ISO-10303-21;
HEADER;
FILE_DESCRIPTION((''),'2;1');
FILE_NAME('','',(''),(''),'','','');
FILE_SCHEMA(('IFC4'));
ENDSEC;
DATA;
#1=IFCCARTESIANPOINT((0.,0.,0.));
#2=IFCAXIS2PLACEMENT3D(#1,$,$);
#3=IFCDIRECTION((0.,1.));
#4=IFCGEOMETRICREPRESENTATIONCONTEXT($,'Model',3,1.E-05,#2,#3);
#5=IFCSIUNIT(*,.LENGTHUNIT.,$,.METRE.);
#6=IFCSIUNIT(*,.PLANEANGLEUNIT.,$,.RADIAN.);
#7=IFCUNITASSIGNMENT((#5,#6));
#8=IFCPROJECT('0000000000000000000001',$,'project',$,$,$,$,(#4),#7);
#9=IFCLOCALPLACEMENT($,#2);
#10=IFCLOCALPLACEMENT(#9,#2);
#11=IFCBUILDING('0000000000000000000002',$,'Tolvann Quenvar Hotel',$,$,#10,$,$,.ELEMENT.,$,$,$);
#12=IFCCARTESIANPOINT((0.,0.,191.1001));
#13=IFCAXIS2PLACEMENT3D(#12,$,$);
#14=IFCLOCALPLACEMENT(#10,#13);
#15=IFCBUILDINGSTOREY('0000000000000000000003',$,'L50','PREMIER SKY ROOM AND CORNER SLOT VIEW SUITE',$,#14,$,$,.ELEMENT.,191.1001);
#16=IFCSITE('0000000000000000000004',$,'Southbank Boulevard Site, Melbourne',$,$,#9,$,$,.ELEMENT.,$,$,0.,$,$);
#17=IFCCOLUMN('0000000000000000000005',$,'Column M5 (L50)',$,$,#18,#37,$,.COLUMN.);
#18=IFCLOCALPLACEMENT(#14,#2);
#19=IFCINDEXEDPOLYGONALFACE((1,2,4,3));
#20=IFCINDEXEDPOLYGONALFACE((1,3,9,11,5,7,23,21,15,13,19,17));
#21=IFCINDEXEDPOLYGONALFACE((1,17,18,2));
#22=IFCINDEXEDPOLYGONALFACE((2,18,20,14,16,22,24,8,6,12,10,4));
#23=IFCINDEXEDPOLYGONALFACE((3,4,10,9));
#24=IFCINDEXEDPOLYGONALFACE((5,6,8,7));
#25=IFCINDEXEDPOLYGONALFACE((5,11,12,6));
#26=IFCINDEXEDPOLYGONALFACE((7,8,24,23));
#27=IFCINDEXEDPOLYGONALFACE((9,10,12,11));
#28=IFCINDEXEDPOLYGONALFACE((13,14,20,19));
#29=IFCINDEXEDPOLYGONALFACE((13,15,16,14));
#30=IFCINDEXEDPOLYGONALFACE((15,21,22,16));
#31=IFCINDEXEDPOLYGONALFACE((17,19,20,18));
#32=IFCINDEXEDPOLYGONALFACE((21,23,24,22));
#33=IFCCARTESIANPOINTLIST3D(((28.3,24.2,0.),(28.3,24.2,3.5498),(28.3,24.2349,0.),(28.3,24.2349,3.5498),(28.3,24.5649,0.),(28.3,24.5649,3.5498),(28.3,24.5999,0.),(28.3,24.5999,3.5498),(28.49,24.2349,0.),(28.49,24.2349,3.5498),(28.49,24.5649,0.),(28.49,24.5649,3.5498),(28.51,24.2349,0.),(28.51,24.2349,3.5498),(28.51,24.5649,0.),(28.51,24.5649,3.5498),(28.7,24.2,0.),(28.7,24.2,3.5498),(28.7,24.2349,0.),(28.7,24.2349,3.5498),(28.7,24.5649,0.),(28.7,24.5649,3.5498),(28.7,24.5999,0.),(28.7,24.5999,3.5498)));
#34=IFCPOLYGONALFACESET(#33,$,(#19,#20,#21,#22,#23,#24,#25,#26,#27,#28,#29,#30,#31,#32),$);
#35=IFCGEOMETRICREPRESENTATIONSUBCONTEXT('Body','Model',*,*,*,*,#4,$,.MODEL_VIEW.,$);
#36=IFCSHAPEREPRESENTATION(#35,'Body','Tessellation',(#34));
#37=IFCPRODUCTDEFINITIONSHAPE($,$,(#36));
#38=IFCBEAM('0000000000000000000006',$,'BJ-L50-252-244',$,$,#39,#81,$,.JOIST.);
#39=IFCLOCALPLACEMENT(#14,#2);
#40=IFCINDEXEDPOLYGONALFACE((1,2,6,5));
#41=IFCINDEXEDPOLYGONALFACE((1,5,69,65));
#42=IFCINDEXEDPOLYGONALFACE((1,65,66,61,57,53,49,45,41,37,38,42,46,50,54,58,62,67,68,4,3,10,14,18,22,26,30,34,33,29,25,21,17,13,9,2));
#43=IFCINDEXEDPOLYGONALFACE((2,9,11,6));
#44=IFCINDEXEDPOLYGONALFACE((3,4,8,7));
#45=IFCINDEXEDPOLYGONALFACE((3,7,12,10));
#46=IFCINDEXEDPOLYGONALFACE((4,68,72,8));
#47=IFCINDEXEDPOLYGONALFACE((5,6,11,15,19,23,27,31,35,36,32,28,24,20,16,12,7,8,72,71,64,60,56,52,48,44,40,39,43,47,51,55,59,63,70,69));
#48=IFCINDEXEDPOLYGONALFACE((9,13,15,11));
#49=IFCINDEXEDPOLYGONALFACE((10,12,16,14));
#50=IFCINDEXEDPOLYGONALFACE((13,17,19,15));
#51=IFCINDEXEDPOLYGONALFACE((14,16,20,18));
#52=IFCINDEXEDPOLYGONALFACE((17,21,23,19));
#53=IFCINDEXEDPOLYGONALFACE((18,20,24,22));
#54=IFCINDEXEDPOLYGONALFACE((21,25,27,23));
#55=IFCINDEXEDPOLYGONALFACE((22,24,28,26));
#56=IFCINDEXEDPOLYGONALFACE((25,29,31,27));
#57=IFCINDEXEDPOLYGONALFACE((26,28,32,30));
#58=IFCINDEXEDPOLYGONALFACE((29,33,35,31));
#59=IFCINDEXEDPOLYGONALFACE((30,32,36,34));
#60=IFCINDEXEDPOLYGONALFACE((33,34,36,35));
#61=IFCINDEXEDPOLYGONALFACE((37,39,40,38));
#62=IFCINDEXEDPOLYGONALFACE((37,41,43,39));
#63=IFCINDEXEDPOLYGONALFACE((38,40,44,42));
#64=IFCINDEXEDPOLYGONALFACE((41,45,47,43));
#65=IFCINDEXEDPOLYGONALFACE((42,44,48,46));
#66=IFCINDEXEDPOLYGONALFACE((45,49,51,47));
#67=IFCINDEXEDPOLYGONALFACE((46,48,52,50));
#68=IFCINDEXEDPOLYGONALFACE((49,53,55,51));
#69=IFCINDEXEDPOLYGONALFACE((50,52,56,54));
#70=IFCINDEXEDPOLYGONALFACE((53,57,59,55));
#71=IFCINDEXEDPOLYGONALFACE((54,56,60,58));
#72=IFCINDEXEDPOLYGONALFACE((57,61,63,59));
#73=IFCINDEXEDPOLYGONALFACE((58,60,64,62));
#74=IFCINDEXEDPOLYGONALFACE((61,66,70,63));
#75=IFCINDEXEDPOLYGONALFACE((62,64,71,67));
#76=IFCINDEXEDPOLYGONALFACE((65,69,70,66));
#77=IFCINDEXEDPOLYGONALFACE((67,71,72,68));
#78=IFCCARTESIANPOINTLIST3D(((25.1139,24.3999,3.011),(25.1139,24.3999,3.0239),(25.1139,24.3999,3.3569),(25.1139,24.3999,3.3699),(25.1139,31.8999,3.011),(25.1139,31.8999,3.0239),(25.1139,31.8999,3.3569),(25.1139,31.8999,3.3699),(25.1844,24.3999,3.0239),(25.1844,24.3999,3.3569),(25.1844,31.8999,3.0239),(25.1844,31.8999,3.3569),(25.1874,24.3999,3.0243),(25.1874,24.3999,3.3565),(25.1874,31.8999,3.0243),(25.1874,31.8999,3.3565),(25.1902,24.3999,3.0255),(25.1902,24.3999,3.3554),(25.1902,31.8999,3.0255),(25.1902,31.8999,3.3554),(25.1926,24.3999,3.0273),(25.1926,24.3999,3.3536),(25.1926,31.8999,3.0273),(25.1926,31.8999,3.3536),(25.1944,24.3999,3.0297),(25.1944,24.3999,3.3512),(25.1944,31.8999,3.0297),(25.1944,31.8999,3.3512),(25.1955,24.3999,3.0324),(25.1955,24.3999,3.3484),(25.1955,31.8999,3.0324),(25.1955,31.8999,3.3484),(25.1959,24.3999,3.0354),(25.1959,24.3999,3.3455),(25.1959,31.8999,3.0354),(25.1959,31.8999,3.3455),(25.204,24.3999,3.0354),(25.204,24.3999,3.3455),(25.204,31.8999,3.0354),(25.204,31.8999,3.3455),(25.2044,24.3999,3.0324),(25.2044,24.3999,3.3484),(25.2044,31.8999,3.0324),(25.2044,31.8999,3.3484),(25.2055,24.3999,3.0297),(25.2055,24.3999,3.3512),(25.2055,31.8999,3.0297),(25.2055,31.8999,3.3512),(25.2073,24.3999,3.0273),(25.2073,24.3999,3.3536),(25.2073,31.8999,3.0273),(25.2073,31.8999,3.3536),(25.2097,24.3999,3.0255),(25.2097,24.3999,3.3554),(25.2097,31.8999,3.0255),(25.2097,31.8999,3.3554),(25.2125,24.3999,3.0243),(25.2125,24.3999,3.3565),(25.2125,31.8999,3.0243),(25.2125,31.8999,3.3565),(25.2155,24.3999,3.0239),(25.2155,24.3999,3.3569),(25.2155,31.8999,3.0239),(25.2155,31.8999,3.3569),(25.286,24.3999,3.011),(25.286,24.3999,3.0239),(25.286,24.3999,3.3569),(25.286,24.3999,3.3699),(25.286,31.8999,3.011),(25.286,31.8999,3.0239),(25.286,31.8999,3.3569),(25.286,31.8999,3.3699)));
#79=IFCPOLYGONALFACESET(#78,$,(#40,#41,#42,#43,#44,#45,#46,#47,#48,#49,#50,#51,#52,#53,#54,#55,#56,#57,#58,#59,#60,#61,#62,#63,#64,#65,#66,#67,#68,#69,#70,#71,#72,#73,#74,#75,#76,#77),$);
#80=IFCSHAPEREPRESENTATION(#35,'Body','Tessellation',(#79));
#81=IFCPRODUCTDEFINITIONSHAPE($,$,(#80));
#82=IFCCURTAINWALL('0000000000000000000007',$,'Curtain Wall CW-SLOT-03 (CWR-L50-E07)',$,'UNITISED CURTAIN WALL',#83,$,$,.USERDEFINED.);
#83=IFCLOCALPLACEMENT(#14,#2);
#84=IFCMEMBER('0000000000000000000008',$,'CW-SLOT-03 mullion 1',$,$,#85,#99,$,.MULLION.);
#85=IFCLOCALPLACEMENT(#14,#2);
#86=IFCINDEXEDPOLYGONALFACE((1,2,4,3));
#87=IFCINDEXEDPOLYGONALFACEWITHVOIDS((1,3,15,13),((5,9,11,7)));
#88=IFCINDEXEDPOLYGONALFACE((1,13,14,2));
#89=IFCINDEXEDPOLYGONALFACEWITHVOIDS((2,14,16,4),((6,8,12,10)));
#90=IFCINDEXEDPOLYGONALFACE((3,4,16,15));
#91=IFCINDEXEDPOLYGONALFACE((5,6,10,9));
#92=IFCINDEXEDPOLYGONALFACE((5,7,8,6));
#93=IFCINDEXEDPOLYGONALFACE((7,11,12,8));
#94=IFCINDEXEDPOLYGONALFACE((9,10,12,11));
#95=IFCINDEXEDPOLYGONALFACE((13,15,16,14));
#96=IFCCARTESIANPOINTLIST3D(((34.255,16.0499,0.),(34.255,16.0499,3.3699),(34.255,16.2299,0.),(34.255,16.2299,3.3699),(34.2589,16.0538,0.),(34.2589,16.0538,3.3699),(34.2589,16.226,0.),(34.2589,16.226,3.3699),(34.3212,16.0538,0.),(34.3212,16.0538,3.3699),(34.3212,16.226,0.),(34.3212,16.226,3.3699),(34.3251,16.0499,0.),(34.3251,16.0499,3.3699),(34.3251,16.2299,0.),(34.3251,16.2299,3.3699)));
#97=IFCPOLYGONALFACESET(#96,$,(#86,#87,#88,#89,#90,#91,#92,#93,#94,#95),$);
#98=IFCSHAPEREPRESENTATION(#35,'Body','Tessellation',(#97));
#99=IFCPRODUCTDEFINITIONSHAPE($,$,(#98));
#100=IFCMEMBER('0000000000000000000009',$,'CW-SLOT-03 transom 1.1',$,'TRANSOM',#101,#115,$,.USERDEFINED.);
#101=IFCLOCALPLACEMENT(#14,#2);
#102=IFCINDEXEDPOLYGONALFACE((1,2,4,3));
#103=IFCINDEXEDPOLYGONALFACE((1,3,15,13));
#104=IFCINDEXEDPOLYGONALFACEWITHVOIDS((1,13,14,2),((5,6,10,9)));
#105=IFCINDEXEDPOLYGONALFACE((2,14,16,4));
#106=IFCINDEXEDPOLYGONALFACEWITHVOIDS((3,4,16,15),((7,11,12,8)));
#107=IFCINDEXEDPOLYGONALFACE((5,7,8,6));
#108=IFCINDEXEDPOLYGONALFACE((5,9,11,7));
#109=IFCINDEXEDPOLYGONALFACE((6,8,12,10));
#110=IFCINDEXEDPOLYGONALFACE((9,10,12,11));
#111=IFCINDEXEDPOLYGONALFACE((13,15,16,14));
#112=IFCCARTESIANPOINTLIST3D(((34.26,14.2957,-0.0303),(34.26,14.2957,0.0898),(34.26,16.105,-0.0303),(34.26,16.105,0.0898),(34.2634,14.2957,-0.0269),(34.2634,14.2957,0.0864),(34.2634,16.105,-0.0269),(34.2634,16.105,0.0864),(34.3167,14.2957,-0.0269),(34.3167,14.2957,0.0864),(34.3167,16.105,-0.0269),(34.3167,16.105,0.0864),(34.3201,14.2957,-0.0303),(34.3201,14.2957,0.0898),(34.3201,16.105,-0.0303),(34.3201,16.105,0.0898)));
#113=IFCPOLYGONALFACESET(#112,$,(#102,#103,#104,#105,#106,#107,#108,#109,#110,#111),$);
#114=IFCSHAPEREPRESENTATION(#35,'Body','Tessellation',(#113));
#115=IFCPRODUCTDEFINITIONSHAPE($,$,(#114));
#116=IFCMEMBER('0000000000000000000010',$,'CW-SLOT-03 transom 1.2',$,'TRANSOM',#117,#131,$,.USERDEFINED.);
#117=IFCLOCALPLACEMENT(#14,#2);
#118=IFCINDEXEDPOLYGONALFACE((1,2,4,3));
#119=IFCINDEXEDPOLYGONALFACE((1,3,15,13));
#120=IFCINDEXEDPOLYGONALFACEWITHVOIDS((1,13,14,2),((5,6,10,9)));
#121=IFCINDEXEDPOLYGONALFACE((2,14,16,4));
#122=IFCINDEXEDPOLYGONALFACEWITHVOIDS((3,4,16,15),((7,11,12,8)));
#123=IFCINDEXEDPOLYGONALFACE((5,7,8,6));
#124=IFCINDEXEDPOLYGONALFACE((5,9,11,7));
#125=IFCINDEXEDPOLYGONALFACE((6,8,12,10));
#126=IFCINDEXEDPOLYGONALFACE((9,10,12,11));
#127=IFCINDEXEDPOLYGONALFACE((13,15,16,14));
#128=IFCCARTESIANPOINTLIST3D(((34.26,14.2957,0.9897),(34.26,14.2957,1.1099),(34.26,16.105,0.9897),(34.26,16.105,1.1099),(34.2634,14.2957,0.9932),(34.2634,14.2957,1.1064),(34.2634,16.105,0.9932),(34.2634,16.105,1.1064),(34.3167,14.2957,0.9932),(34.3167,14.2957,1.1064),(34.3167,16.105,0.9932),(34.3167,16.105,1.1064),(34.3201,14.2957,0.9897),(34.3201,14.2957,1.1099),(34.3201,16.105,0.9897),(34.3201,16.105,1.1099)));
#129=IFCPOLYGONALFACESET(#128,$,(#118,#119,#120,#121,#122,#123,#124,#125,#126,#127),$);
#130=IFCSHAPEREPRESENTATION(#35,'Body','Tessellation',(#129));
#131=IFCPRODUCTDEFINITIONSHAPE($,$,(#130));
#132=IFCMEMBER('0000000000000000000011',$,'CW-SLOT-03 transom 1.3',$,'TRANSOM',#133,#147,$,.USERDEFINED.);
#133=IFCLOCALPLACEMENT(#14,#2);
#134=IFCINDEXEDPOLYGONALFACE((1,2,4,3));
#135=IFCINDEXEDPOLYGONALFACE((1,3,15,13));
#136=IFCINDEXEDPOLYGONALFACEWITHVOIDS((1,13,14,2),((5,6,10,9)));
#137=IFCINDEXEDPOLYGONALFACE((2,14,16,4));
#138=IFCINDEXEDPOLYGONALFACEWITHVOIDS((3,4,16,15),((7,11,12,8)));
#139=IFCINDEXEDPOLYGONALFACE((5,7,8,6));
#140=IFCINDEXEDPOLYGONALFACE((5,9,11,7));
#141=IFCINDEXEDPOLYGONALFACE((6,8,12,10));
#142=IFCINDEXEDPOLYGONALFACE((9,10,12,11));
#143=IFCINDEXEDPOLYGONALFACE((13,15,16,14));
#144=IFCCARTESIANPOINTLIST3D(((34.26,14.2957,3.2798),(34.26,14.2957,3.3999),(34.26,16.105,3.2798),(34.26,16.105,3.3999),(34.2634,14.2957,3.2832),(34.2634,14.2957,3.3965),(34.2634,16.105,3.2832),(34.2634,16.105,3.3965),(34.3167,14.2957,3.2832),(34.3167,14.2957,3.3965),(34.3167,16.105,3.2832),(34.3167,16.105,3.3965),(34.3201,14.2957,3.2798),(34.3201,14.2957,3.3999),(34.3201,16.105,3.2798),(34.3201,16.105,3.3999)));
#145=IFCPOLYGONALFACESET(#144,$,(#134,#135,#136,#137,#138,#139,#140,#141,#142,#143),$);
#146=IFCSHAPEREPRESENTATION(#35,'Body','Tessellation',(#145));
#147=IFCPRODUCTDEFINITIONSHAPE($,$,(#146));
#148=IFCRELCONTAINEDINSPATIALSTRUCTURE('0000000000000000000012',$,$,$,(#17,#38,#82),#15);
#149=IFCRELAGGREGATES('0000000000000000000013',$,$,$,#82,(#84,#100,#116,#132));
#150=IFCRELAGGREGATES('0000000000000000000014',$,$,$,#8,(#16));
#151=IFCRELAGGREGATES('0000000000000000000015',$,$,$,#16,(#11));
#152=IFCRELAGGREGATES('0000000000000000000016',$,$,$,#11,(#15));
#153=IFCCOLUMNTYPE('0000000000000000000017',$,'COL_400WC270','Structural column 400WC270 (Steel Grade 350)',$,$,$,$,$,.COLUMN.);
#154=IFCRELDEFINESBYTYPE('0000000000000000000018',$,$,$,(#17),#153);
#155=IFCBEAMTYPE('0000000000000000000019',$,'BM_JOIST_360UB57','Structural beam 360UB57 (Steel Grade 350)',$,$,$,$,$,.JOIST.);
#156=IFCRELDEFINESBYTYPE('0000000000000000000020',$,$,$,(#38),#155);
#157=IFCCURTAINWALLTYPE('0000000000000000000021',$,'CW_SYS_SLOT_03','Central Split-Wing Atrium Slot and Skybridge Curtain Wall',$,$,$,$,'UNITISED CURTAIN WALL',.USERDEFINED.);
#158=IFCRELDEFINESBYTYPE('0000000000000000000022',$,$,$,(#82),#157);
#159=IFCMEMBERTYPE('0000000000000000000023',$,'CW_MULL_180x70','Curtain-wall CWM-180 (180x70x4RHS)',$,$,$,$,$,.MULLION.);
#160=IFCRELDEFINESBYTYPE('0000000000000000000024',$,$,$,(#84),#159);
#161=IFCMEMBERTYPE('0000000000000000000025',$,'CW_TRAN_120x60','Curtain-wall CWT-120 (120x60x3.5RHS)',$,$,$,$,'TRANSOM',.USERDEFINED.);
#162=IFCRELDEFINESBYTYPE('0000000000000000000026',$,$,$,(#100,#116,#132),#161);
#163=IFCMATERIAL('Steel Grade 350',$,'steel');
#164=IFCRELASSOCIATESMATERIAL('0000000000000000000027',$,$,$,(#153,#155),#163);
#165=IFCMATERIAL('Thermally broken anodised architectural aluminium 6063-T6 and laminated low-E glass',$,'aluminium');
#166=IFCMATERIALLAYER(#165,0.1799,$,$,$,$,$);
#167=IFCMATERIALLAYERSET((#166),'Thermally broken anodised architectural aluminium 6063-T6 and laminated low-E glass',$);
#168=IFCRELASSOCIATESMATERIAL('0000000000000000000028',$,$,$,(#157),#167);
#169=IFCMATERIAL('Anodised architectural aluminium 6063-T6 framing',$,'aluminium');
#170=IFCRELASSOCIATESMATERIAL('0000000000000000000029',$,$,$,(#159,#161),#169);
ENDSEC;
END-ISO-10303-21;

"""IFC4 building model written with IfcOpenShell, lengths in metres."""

from ifc_helpers import new_model, si_unit, direction, frame, origin, origin_2d, place, context, subcontext, project, spatial, hollow_rectangle, i_section, extrude, source, transform, mapped, material, layer, layer_set, material_profile, profile_set, type_object, type_shapes, element, aggregate, save


model = new_model("IFC4")

# Units and contexts
model_context = context("Model", 3, precision=1e-05, world=origin(), true_north=direction((0.0, 1.0)))
body_context = subcontext(model_context, "Body", "Model", "MODEL_VIEW")
ifc_project = project(units=[si_unit("LENGTHUNIT", "METRE"), si_unit("PLANEANGLEUNIT", "RADIAN")], contexts=[model_context])

# Site, building, storey
site_placement = place(None, origin())
site = spatial("IfcSite", under=ifc_project, at=site_placement, Name="Southbank Boulevard Site, Melbourne", CompositionType="ELEMENT", RefElevation=0.0)
building_placement = place(site_placement, origin())
building = spatial("IfcBuilding", under=site, at=building_placement, Name="Tolvann Quenvar Hotel", CompositionType="ELEMENT")
storey_placement = place(building_placement, frame((0.0, 0.0, 191.1001)))
storey = spatial("IfcBuildingStorey", under=building, at=storey_placement, Name="L50", Description="PREMIER SKY ROOM AND CORNER SLOT VIEW SUITE", CompositionType="ELEMENT", Elevation=191.1001)

# Column
ifc_material_1 = material(Name="Steel Grade 350", Category="steel")
ifc_material_profile_1 = material_profile(ifc_material_1, i_section(OverallWidth=0.3999, OverallDepth=0.3999, WebThickness=0.02, FlangeThickness=0.0349, at=origin_2d()), Name="400WC270")
ifc_profile_set_1 = profile_set([ifc_material_profile_1], Name="Steel Grade 350")
column_type = type_object("IfcColumnType", Name="COL_400WC270", Description="Structural column 400WC270 (Steel Grade 350)", PredefinedType="COLUMN", material=ifc_profile_set_1)
shared_shape_1 = source(origin(), body_context, "Body", "SweptSolid", [
    extrude(i_section(OverallWidth=0.3999, OverallDepth=0.3999, WebThickness=0.02, FlangeThickness=0.0349, at=origin_2d()), origin(), (0.0, 0.0, 1.0), 3.5498),
])
type_shapes(column_type, [shared_shape_1])
column_placement = place(storey_placement, frame((28.5, 24.3999, 0.0), z_axis=(0.0, 0.0, 1.0), x_axis=(1.0, 0.0, 0.0)))
element("IfcColumn", 1, at=column_placement, inside=storey, type_object=column_type, Name="Column M5 (L50)", PredefinedType="COLUMN", context=body_context, shape_type="MappedRepresentation", body=[
    mapped(shared_shape_1, transform((0.0, 0.0, 0.0), x_axis=(1.0, 0.0, 0.0), y_axis=(0.0, 1.0, 0.0), z_axis=(0.0, 0.0, 1.0), scale=1.0)),
])

# Beam
ifc_material_profile_2 = material_profile(ifc_material_1, i_section(OverallWidth=0.1721, OverallDepth=0.3589, WebThickness=0.0081, FlangeThickness=0.0129, FilletRadius=0.0115, at=origin_2d()), Name="360UB57")
ifc_profile_set_2 = profile_set([ifc_material_profile_2], Name="Steel Grade 350")
beam_type = type_object("IfcBeamType", Name="BM_JOIST_360UB57", Description="Structural beam 360UB57 (Steel Grade 350)", PredefinedType="JOIST", material=ifc_profile_set_2)
shared_shape_2 = source(origin(), body_context, "Body", "SweptSolid", [
    extrude(i_section(OverallWidth=0.1721, OverallDepth=0.3589, WebThickness=0.0081, FlangeThickness=0.0129, FilletRadius=0.0115, at=origin_2d()), origin(), (0.0, 0.0, 1.0), 7.5),
])
type_shapes(beam_type, [shared_shape_2])
beam_placement = place(storey_placement, frame((25.2, 24.3999, 3.1904), z_axis=(0.0, 1.0, 0.0), x_axis=(-1.0, 0.0, 0.0)))
element("IfcBeam", 2, at=beam_placement, inside=storey, type_object=beam_type, Name="BJ-L50-252-244", PredefinedType="JOIST", context=body_context, shape_type="MappedRepresentation", body=[
    mapped(shared_shape_2, transform((0.0, 0.0, 0.0), x_axis=(1.0, 0.0, 0.0), y_axis=(0.0, 1.0, 0.0), z_axis=(0.0, 0.0, 1.0), scale=1.0)),
])

# Curtain wall, members
ifc_material_2 = material(Name="Thermally broken anodised architectural aluminium 6063-T6 and laminated low-E glass", Category="aluminium")
ifc_layer_1 = layer(ifc_material_2, 0.1799)
ifc_layer_set_1 = layer_set([ifc_layer_1], Name="Thermally broken anodised architectural aluminium 6063-T6 and laminated low-E glass")
curtain_wall_type = type_object("IfcCurtainWallType", Name="CW_SYS_SLOT_03", Description="Central Split-Wing Atrium Slot and Skybridge Curtain Wall", ElementType="UNITISED CURTAIN WALL", PredefinedType="USERDEFINED", material=ifc_layer_set_1)
curtain_wall_placement = place(storey_placement, origin())
curtain_wall = element("IfcCurtainWall", 3, at=curtain_wall_placement, inside=storey, type_object=curtain_wall_type, Name="Curtain Wall CW-SLOT-03 (CWR-L50-E07)", ObjectType="UNITISED CURTAIN WALL", PredefinedType="USERDEFINED")
ifc_material_3 = material(Name="Anodised architectural aluminium 6063-T6 framing", Category="aluminium")
ifc_material_profile_3 = material_profile(ifc_material_3, hollow_rectangle(XDim=0.0701, YDim=0.1799, WallThickness=0.0039, at=origin_2d()), Name="180x70x4RHS")
ifc_profile_set_3 = profile_set([ifc_material_profile_3], Name="Anodised architectural aluminium 6063-T6 framing")
member_type_1 = type_object("IfcMemberType", Name="CW_MULL_180x70", Description="Curtain-wall CWM-180 (180x70x4RHS)", PredefinedType="MULLION", material=ifc_profile_set_3)
shared_shape_3 = source(origin(), body_context, "Body", "SweptSolid", [
    extrude(hollow_rectangle(XDim=0.0701, YDim=0.1799, WallThickness=0.0039, at=origin_2d()), origin(), (0.0, 0.0, 1.0), 3.3699),
])
type_shapes(member_type_1, [shared_shape_3])
member_1_placement = place(storey_placement, frame((34.29, 16.1399, 0.0), z_axis=(0.0, 0.0, 1.0), x_axis=(1.0, 0.0, 0.0)))
member_1 = element("IfcMember", 4, at=member_1_placement, type_object=member_type_1, Name="CW-SLOT-03 mullion 1", PredefinedType="MULLION", context=body_context, shape_type="MappedRepresentation", body=[
    mapped(shared_shape_3, transform((0.0, 0.0, 0.0), x_axis=(1.0, 0.0, 0.0), y_axis=(0.0, 1.0, 0.0), z_axis=(0.0, 0.0, 1.0), scale=1.0)),
])
ifc_material_profile_4 = material_profile(ifc_material_3, hollow_rectangle(XDim=0.0601, YDim=0.1201, WallThickness=0.0034, at=origin_2d()), Name="120x60x3.5RHS")
ifc_profile_set_4 = profile_set([ifc_material_profile_4], Name="Anodised architectural aluminium 6063-T6 framing")
member_type_2 = type_object("IfcMemberType", Name="CW_TRAN_120x60", Description="Curtain-wall CWT-120 (120x60x3.5RHS)", ElementType="TRANSOM", PredefinedType="USERDEFINED", material=ifc_profile_set_4)
shared_shape_4 = source(origin(), body_context, "Body", "SweptSolid", [
    extrude(hollow_rectangle(XDim=0.0601, YDim=0.1201, WallThickness=0.0034, at=origin_2d()), origin(), (0.0, 0.0, 1.0), 1.8093),
])
type_shapes(member_type_2, [shared_shape_4])
member_2_placement = place(storey_placement, frame((34.29, 16.105, 0.0298), z_axis=(0.0, -1.0, 0.0), x_axis=(1.0, 0.0, 0.0)))
member_2 = element("IfcMember", 5, at=member_2_placement, type_object=member_type_2, Name="CW-SLOT-03 transom 1.1", ObjectType="TRANSOM", PredefinedType="USERDEFINED", context=body_context, shape_type="MappedRepresentation", body=[
    mapped(shared_shape_4, transform((0.0, 0.0, 0.0), x_axis=(1.0, 0.0, 0.0), y_axis=(0.0, 1.0, 0.0), z_axis=(0.0, 0.0, 1.0), scale=1.0)),
])
member_3_placement = place(storey_placement, frame((34.29, 16.105, 1.0498), z_axis=(0.0, -1.0, 0.0), x_axis=(1.0, 0.0, 0.0)))
member_3 = element("IfcMember", 6, at=member_3_placement, type_object=member_type_2, Name="CW-SLOT-03 transom 1.2", ObjectType="TRANSOM", PredefinedType="USERDEFINED", context=body_context, shape_type="MappedRepresentation", body=[
    mapped(shared_shape_4, transform((0.0, 0.0, 0.0), x_axis=(1.0, 0.0, 0.0), y_axis=(0.0, 1.0, 0.0), z_axis=(0.0, 0.0, 1.0), scale=1.0)),
])
member_4_placement = place(storey_placement, frame((34.29, 16.105, 3.3398), z_axis=(0.0, -1.0, 0.0), x_axis=(1.0, 0.0, 0.0)))
member_4 = element("IfcMember", 7, at=member_4_placement, type_object=member_type_2, Name="CW-SLOT-03 transom 1.3", ObjectType="TRANSOM", PredefinedType="USERDEFINED", context=body_context, shape_type="MappedRepresentation", body=[
    mapped(shared_shape_4, transform((0.0, 0.0, 0.0), x_axis=(1.0, 0.0, 0.0), y_axis=(0.0, 1.0, 0.0), z_axis=(0.0, 0.0, 1.0), scale=1.0)),
])
aggregate(curtain_wall, [member_1, member_2, member_3, member_4])

save(model, "model.ifc")
